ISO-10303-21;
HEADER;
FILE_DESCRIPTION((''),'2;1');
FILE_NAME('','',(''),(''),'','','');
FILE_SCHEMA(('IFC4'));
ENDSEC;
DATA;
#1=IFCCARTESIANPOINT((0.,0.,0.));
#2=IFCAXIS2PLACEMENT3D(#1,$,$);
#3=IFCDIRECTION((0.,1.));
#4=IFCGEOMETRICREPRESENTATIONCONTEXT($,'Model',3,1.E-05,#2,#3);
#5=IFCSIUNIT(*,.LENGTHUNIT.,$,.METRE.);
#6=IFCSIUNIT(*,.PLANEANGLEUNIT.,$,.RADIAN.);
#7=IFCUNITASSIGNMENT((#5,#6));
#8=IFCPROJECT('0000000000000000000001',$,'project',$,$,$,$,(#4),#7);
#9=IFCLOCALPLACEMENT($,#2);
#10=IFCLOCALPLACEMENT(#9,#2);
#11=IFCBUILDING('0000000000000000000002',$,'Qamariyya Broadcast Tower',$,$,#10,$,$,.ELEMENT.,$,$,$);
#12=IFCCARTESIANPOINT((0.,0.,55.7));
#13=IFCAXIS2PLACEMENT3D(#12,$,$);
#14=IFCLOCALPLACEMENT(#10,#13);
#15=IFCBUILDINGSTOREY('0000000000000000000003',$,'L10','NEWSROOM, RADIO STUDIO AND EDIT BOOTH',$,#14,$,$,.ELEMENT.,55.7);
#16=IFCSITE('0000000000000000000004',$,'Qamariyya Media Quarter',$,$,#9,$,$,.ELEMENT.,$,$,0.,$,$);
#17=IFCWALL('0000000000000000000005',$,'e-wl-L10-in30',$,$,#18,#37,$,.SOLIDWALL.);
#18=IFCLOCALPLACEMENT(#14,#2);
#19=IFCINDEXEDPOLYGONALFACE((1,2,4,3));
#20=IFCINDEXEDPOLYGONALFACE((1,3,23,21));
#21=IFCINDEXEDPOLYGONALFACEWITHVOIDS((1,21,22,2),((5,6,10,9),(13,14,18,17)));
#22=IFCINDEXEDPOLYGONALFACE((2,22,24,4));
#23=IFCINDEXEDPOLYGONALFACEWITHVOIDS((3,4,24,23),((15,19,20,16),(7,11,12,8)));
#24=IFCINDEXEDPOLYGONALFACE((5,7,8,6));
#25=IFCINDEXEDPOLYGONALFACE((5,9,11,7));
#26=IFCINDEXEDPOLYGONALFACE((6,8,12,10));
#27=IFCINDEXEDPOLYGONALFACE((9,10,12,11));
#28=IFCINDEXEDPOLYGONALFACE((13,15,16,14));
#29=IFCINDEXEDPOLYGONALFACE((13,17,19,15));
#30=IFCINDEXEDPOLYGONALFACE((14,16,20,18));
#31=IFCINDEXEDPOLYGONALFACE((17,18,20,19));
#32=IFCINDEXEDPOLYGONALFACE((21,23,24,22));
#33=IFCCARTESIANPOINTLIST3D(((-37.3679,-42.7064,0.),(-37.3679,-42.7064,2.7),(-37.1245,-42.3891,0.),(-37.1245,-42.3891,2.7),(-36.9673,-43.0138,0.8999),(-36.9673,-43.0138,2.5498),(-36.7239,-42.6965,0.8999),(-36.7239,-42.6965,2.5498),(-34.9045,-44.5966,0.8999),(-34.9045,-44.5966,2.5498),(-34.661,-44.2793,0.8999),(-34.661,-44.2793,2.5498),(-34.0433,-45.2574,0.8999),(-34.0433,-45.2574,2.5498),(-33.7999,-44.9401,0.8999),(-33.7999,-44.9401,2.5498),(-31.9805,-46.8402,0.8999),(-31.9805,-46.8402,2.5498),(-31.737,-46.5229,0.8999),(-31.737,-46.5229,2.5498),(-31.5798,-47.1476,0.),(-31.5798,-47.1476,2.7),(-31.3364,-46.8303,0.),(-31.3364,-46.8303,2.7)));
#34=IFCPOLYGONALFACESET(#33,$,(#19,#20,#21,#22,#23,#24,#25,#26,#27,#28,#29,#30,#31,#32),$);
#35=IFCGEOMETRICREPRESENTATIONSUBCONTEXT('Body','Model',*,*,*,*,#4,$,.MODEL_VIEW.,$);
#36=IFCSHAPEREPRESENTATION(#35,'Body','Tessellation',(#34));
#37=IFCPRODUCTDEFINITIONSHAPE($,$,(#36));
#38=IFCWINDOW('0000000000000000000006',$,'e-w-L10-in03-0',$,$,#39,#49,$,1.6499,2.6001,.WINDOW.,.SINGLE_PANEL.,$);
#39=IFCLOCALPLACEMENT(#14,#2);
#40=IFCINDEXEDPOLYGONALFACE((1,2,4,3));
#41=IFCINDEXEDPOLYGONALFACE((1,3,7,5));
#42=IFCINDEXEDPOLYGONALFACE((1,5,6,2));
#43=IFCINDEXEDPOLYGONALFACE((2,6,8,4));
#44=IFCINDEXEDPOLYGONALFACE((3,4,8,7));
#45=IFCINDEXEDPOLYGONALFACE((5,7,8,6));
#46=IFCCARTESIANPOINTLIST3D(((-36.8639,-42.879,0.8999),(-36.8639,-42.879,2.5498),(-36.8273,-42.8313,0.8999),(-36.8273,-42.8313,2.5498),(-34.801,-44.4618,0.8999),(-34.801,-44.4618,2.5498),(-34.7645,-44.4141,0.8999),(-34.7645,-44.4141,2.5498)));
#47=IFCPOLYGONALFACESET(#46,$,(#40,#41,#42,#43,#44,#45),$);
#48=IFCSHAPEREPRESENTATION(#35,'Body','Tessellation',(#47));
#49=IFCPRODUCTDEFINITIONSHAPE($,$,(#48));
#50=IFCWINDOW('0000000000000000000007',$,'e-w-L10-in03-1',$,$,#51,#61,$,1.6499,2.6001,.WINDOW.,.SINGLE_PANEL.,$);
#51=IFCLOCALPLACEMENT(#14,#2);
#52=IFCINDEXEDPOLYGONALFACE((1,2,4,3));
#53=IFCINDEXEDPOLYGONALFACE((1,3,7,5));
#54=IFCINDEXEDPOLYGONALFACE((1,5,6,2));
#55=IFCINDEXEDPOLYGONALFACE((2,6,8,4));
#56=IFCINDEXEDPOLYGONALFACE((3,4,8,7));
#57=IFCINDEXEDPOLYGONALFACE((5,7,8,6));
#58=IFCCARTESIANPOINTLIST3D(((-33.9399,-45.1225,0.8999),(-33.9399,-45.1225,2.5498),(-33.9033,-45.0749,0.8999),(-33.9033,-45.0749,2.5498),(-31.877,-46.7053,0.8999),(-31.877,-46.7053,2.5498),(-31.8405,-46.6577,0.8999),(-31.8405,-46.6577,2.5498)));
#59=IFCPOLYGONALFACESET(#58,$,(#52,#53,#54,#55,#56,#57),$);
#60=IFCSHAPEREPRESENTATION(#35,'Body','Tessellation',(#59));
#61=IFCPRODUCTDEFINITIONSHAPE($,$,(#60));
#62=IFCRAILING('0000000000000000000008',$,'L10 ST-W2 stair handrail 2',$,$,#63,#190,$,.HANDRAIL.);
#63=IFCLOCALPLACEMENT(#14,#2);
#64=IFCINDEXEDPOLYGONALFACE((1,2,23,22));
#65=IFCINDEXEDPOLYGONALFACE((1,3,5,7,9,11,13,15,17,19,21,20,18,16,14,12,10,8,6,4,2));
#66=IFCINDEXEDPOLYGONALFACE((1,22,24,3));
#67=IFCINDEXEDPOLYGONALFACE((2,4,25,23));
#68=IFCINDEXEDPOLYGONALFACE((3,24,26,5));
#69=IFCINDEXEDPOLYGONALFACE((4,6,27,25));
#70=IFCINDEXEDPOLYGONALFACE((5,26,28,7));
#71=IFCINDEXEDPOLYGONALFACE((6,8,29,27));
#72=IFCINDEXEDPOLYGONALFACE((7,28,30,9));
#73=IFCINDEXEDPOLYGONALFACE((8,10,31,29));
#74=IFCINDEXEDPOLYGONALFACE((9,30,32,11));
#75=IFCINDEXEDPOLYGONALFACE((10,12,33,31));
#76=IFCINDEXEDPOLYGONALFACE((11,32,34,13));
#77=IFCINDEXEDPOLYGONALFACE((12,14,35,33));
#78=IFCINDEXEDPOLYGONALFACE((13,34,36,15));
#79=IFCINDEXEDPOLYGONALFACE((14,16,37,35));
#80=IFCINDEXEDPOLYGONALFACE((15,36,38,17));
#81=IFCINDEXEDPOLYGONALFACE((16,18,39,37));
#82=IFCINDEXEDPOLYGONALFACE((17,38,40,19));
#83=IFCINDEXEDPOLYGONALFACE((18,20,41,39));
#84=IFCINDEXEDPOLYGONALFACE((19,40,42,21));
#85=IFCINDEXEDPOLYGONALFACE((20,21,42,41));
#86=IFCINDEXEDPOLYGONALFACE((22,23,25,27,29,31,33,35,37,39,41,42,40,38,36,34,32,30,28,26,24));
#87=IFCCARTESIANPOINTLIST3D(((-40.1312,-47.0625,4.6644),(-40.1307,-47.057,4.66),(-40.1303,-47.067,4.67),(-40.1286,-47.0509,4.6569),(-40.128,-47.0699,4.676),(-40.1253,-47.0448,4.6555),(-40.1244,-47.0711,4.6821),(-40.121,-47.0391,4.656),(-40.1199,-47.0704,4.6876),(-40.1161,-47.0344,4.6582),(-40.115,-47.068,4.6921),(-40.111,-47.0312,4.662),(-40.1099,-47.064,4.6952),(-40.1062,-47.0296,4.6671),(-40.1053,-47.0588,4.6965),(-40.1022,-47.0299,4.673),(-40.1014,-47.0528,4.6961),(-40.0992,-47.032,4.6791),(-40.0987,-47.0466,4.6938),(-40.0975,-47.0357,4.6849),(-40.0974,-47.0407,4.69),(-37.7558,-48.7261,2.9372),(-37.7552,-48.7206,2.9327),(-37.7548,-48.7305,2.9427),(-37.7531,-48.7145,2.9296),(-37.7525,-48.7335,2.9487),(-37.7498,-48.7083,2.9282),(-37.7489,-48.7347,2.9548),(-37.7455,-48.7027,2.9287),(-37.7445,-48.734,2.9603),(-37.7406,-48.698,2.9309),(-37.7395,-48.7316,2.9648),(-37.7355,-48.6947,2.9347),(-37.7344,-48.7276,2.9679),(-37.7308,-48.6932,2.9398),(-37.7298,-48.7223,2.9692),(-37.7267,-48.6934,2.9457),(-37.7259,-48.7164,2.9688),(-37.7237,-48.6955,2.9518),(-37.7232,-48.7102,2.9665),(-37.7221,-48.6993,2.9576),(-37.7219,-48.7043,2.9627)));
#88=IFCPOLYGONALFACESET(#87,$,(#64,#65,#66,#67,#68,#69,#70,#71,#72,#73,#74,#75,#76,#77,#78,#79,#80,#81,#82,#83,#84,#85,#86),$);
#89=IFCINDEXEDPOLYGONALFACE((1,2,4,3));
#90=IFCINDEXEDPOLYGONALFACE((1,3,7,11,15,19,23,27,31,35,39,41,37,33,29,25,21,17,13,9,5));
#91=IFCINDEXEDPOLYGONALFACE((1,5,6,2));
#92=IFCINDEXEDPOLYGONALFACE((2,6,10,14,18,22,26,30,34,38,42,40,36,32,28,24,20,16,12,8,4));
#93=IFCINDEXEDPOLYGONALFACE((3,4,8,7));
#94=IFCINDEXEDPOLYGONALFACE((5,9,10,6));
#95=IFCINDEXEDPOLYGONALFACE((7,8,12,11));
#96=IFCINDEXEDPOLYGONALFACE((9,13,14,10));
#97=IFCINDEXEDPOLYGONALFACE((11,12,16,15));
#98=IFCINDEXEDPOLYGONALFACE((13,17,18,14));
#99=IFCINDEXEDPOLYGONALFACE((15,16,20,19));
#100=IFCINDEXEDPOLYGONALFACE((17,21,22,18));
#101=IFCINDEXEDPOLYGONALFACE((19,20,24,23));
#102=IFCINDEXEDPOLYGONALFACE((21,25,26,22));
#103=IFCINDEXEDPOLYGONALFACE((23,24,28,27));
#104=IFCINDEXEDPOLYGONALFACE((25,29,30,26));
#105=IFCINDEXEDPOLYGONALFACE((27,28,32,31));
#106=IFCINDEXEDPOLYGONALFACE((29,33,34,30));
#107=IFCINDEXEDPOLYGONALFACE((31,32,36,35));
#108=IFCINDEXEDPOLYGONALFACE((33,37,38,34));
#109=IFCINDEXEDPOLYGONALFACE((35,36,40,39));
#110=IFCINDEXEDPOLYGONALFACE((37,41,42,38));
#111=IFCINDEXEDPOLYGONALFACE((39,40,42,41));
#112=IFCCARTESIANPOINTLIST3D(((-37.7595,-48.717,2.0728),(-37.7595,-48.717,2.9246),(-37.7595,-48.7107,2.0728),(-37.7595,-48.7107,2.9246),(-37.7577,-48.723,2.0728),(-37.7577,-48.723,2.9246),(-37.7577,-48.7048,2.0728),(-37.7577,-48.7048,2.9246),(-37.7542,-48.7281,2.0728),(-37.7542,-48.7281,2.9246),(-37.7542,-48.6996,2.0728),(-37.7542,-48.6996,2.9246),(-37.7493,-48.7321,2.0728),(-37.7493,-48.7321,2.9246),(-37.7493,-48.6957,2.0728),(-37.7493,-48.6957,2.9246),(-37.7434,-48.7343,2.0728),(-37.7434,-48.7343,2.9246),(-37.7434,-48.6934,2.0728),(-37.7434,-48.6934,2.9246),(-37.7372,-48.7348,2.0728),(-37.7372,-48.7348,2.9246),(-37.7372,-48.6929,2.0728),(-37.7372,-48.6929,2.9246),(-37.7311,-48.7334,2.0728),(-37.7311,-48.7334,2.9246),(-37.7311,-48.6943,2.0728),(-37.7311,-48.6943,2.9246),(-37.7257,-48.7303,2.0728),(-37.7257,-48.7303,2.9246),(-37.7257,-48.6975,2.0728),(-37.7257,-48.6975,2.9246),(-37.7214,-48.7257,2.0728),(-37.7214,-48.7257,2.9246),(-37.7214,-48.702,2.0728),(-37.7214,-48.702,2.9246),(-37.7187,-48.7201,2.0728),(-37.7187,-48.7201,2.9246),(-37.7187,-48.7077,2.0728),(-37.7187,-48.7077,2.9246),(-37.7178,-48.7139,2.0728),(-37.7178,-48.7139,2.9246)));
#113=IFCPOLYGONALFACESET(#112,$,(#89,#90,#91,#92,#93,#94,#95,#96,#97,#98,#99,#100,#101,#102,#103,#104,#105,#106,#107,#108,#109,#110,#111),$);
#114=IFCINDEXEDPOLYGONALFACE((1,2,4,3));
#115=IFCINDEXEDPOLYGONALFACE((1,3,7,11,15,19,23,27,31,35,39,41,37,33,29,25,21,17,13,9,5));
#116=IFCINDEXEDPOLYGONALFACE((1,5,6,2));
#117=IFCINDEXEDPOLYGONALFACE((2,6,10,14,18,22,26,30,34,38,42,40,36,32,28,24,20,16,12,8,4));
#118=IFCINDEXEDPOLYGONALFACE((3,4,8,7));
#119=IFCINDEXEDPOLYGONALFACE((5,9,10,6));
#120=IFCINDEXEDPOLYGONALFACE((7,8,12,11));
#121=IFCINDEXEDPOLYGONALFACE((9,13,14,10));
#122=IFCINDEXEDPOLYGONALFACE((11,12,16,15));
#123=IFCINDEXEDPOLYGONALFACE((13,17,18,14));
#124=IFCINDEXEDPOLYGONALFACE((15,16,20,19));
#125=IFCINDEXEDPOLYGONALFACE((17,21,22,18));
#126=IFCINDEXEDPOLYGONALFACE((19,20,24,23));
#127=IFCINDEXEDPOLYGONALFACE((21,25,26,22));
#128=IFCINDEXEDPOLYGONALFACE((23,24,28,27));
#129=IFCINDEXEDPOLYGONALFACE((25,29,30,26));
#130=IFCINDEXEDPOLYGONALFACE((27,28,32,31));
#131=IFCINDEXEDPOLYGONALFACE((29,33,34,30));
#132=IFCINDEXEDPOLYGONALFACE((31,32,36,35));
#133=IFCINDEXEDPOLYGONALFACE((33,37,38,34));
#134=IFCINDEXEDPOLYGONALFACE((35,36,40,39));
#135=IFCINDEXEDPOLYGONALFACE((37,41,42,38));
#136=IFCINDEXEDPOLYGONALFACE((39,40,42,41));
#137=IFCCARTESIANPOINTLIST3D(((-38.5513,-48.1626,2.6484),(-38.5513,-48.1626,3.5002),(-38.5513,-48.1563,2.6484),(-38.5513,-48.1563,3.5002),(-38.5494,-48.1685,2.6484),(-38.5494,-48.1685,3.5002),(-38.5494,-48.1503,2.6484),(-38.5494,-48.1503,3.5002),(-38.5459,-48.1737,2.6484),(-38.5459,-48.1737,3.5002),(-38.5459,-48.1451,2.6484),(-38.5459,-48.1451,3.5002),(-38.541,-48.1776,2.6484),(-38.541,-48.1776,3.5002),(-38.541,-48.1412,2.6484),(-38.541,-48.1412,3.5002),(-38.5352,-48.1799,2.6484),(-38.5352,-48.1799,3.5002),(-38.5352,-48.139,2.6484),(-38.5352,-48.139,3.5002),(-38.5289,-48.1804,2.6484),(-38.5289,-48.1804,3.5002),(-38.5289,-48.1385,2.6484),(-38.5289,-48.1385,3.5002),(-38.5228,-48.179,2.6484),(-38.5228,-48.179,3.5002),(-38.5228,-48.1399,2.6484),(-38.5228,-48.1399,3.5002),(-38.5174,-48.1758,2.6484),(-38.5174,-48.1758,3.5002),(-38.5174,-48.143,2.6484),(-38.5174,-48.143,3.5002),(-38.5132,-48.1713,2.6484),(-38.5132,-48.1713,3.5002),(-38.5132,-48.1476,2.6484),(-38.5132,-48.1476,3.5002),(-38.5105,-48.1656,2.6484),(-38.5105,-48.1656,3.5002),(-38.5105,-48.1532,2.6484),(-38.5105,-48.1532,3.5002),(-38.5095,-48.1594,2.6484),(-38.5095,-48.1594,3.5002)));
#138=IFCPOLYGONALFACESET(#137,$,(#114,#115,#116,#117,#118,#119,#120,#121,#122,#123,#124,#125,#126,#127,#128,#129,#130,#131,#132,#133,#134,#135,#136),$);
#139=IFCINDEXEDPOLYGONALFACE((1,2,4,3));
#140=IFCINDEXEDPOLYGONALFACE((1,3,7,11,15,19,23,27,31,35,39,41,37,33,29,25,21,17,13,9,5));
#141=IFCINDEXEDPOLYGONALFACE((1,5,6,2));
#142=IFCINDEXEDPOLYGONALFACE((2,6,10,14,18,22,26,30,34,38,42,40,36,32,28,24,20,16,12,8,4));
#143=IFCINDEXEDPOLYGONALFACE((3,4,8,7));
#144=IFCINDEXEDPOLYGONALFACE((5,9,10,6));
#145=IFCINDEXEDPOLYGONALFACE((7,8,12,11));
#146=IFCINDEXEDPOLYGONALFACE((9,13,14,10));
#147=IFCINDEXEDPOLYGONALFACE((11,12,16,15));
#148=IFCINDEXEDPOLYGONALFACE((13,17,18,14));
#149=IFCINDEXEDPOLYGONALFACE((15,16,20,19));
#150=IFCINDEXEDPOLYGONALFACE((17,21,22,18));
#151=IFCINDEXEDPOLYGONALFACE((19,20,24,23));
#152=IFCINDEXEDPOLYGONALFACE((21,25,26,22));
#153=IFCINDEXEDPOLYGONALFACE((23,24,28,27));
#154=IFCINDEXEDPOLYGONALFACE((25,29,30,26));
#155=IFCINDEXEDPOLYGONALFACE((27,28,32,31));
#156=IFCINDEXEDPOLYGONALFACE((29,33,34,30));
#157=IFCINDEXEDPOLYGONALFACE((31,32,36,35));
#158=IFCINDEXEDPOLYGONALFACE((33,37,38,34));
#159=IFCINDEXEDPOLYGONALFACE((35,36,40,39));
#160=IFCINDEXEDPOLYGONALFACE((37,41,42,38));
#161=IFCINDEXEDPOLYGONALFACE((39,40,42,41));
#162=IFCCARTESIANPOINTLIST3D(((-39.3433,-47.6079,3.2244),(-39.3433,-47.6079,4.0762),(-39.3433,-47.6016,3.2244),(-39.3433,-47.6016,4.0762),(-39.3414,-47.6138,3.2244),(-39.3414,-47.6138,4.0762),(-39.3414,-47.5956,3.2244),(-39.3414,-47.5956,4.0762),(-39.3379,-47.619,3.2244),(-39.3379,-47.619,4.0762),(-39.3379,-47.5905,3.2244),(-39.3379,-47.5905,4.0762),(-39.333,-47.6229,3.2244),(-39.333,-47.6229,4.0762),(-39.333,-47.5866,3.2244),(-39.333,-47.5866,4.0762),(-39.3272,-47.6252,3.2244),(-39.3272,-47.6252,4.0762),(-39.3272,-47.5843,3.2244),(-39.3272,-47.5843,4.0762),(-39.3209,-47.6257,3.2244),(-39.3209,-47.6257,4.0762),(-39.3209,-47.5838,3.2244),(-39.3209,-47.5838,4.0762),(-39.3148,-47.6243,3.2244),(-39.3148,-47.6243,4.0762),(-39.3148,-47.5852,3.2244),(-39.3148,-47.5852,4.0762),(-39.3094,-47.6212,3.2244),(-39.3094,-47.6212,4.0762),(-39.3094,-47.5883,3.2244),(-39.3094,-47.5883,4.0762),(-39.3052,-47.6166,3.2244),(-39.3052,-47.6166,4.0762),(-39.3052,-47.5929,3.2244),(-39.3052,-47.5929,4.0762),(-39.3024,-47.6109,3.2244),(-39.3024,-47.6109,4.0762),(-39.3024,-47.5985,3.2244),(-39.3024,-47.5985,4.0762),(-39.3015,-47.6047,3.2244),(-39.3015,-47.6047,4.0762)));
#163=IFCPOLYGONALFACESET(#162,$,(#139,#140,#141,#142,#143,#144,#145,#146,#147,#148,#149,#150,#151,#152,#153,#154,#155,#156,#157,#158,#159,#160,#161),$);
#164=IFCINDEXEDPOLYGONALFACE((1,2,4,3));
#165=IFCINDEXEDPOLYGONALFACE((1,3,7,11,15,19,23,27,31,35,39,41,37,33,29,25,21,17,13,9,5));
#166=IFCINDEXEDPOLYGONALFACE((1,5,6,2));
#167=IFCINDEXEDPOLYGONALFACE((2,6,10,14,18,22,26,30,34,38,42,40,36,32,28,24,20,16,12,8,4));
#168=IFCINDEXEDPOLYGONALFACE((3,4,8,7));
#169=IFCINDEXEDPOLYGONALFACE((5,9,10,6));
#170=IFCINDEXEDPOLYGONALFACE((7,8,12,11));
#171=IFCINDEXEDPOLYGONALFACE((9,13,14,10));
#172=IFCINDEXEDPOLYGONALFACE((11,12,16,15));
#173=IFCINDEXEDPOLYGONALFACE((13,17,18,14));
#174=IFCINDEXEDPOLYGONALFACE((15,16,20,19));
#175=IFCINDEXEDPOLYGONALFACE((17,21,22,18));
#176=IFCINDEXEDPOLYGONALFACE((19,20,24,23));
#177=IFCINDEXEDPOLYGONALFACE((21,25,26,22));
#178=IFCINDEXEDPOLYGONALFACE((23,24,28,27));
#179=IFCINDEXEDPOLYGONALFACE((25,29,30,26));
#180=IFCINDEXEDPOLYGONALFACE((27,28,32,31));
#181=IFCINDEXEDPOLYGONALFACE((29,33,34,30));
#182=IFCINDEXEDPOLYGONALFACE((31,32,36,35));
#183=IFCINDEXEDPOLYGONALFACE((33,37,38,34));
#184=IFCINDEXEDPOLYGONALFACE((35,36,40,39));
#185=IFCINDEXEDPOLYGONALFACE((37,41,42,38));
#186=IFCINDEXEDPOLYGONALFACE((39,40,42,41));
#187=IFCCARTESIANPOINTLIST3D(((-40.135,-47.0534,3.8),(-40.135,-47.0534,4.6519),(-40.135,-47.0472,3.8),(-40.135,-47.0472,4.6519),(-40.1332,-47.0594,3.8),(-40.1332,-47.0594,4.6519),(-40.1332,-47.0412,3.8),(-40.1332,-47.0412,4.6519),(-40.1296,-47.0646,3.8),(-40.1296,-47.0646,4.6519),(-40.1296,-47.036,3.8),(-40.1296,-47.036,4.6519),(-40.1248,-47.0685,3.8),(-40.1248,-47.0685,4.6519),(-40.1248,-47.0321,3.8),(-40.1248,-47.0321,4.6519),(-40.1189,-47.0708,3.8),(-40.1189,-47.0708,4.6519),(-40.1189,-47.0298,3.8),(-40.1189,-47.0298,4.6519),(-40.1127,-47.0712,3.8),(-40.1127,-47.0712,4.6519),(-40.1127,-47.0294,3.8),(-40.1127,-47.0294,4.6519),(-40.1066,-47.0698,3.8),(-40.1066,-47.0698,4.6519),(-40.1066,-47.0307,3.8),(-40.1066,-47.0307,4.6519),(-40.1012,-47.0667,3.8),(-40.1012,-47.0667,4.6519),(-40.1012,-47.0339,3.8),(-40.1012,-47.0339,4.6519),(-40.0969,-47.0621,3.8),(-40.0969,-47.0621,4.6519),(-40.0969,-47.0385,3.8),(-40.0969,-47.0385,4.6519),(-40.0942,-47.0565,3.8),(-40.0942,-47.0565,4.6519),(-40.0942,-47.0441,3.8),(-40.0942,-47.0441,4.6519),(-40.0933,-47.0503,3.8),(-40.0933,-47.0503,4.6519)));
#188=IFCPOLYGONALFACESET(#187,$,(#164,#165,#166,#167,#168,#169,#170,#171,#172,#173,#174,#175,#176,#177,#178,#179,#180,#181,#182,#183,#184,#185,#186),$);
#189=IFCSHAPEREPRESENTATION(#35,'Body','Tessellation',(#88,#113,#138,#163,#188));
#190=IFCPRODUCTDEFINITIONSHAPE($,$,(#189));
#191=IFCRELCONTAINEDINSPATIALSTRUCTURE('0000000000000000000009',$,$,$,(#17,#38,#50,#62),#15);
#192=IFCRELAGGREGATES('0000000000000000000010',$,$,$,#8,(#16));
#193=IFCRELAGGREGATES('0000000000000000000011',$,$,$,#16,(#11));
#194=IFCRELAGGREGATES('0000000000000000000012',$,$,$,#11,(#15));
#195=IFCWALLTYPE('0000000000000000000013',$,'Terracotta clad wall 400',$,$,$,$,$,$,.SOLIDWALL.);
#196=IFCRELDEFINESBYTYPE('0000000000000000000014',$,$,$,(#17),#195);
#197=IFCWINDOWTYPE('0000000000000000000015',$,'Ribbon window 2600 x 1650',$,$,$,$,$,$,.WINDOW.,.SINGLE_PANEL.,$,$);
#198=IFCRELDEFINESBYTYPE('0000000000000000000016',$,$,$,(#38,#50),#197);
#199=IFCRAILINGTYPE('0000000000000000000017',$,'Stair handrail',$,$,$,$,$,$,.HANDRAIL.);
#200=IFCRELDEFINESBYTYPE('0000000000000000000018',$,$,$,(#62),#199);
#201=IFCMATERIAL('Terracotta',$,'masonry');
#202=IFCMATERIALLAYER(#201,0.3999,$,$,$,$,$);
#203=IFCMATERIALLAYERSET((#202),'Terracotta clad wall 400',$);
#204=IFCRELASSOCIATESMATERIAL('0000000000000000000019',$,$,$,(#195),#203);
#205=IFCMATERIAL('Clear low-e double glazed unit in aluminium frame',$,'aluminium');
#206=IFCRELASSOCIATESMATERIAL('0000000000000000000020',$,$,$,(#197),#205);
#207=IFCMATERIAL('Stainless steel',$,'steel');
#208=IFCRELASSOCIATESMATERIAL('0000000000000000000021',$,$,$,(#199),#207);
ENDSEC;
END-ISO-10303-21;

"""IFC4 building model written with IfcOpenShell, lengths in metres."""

from ifc_helpers import new_model, si_unit, direction, frame, frame_2d, origin, origin_2d, place, context, subcontext, project, spatial, rectangle, circle, extrude, material, layer, layer_set, type_object, element, fill, save


model = new_model("IFC4")

# Units and contexts
model_context = context("Model", 3, precision=1e-05, world=origin(), true_north=direction((0.0, 1.0)))
body_context = subcontext(model_context, "Body", "Model", "MODEL_VIEW")
ifc_project = project(units=[si_unit("LENGTHUNIT", "METRE"), si_unit("PLANEANGLEUNIT", "RADIAN")], contexts=[model_context])

# Site, building, storey
site_placement = place(None, origin())
site = spatial("IfcSite", under=ifc_project, at=site_placement, Name="Qamariyya Media Quarter", CompositionType="ELEMENT", RefElevation=0.0)
building_placement = place(site_placement, origin())
building = spatial("IfcBuilding", under=site, at=building_placement, Name="Qamariyya Broadcast Tower", CompositionType="ELEMENT")
storey_placement = place(building_placement, frame((0.0, 0.0, 55.7)))
storey = spatial("IfcBuildingStorey", under=building, at=storey_placement, Name="L10", Description="NEWSROOM, RADIO STUDIO AND EDIT BOOTH", CompositionType="ELEMENT", Elevation=55.7)

# Wall, openings, windows
ifc_material_1 = material(Name="Terracotta", Category="masonry")
ifc_layer_1 = layer(ifc_material_1, 0.3999)
ifc_layer_set_1 = layer_set([ifc_layer_1], Name="Terracotta clad wall 400")
wall_type = type_object("IfcWallType", Name="Terracotta clad wall 400", PredefinedType="SOLIDWALL", material=ifc_layer_set_1)
ifc_material_2 = material(Name="Clear low-e double glazed unit in aluminium frame", Category="aluminium")
window_type = type_object("IfcWindowType", Name="Ribbon window 2600 x 1650", PartitioningType="SINGLE_PANEL", PredefinedType="WINDOW", material=ifc_material_2)
wall_1_placement = place(storey_placement, frame((-31.458, -46.989, 0.0), z_axis=(0.0, 0.0, 1.0), x_axis=(-0.793366, 0.608745, 0.0)))
wall_1 = element("IfcWall", 1, at=wall_1_placement, inside=storey, type_object=wall_type, Name="e-wl-L10-in30", PredefinedType="SOLIDWALL", context=body_context, shape_type="SweptSolid", body=[
    extrude(rectangle(XDim=7.2957, YDim=0.3999, at=frame_2d((3.6479, 0.0))), origin(), (0.0, 0.0, 1.0), 2.7),
])
opening_1_placement = place(wall_1_placement, frame((4.1907, 0.0, 0.8999)))
opening_1 = element("IfcOpeningElement", 2, at=opening_1_placement, cuts=wall_1, PredefinedType="OPENING", context=body_context, shape_type="SweptSolid", body=[
    extrude(rectangle(XDim=2.6001, YDim=1.6499, at=frame_2d((1.3, 0.825))), frame((0.0, 0.21, 0.0), z_axis=(0.0, -1.0, 0.0), x_axis=(1.0, 0.0, 0.0)), (0.0, 0.0, 1.0), 0.4199),
])
opening_2_placement = place(wall_1_placement, frame((0.5051, 0.0, 0.8999)))
opening_2 = element("IfcOpeningElement", 3, at=opening_2_placement, cuts=wall_1, PredefinedType="OPENING", context=body_context, shape_type="SweptSolid", body=[
    extrude(rectangle(XDim=2.6001, YDim=1.6499, at=frame_2d((1.3, 0.825))), frame((0.0, 0.21, 0.0), z_axis=(0.0, -1.0, 0.0), x_axis=(1.0, 0.0, 0.0)), (0.0, 0.0, 1.0), 0.4199),
])
window_1_placement = place(opening_1_placement, origin())
window_1 = element("IfcWindow", 4, at=window_1_placement, inside=storey, type_object=window_type, Name="e-w-L10-in03-0", OverallHeight=1.6499, OverallWidth=2.6001, PartitioningType="SINGLE_PANEL", PredefinedType="WINDOW", context=body_context, shape_type="SweptSolid", body=[
    extrude(rectangle(XDim=2.6001, YDim=1.6499, at=frame_2d((1.3, 0.825))), frame((0.0, 0.03, 0.0), z_axis=(0.0, -1.0, 0.0), x_axis=(1.0, 0.0, 0.0)), (0.0, 0.0, 1.0), 0.0601),
])
fill(opening_1, window_1)
window_2_placement = place(opening_2_placement, origin())
window_2 = element("IfcWindow", 5, at=window_2_placement, inside=storey, type_object=window_type, Name="e-w-L10-in03-1", OverallHeight=1.6499, OverallWidth=2.6001, PartitioningType="SINGLE_PANEL", PredefinedType="WINDOW", context=body_context, shape_type="SweptSolid", body=[
    extrude(rectangle(XDim=2.6001, YDim=1.6499, at=frame_2d((1.3, 0.825))), frame((0.0, 0.03, 0.0), z_axis=(0.0, -1.0, 0.0), x_axis=(1.0, 0.0, 0.0)), (0.0, 0.0, 1.0), 0.0601),
])
fill(opening_2, window_2)

# Railing
ifc_material_3 = material(Name="Stainless steel", Category="steel")
railing_type = type_object("IfcRailingType", Name="Stair handrail", PredefinedType="HANDRAIL", material=ifc_material_3)
railing_placement = place(storey_placement, frame((-37.7388, -48.7139, 2.0728)))
element("IfcRailing", 6, at=railing_placement, inside=storey, type_object=railing_type, Name="L10 ST-W2 stair handrail 2", PredefinedType="HANDRAIL", context=body_context, shape_type="SweptSolid", body=[
    extrude(circle(Radius=0.0239, at=origin_2d()), frame((0.0, 0.0, 0.876), z_axis=(-0.703745, 0.492838, 0.511716), x_axis=(-0.573632, -0.819113, 0.0)), (0.0, 0.0, 1.0), 3.3755),
    extrude(circle(Radius=0.021, at=origin_2d()), origin(), (0.0, 0.0, 1.0), 0.8518),
    extrude(circle(Radius=0.021, at=origin_2d()), frame((-0.7917, 0.5544, 0.5757)), (0.0, 0.0, 1.0), 0.8518),
    extrude(circle(Radius=0.021, at=origin_2d()), frame((-1.5837, 1.1091, 1.1516)), (0.0, 0.0, 1.0), 0.8518),
    extrude(circle(Radius=0.021, at=origin_2d()), frame((-2.3755, 1.6636, 1.7273)), (0.0, 0.0, 1.0), 0.8518),
])

save(model, "model.ifc")
